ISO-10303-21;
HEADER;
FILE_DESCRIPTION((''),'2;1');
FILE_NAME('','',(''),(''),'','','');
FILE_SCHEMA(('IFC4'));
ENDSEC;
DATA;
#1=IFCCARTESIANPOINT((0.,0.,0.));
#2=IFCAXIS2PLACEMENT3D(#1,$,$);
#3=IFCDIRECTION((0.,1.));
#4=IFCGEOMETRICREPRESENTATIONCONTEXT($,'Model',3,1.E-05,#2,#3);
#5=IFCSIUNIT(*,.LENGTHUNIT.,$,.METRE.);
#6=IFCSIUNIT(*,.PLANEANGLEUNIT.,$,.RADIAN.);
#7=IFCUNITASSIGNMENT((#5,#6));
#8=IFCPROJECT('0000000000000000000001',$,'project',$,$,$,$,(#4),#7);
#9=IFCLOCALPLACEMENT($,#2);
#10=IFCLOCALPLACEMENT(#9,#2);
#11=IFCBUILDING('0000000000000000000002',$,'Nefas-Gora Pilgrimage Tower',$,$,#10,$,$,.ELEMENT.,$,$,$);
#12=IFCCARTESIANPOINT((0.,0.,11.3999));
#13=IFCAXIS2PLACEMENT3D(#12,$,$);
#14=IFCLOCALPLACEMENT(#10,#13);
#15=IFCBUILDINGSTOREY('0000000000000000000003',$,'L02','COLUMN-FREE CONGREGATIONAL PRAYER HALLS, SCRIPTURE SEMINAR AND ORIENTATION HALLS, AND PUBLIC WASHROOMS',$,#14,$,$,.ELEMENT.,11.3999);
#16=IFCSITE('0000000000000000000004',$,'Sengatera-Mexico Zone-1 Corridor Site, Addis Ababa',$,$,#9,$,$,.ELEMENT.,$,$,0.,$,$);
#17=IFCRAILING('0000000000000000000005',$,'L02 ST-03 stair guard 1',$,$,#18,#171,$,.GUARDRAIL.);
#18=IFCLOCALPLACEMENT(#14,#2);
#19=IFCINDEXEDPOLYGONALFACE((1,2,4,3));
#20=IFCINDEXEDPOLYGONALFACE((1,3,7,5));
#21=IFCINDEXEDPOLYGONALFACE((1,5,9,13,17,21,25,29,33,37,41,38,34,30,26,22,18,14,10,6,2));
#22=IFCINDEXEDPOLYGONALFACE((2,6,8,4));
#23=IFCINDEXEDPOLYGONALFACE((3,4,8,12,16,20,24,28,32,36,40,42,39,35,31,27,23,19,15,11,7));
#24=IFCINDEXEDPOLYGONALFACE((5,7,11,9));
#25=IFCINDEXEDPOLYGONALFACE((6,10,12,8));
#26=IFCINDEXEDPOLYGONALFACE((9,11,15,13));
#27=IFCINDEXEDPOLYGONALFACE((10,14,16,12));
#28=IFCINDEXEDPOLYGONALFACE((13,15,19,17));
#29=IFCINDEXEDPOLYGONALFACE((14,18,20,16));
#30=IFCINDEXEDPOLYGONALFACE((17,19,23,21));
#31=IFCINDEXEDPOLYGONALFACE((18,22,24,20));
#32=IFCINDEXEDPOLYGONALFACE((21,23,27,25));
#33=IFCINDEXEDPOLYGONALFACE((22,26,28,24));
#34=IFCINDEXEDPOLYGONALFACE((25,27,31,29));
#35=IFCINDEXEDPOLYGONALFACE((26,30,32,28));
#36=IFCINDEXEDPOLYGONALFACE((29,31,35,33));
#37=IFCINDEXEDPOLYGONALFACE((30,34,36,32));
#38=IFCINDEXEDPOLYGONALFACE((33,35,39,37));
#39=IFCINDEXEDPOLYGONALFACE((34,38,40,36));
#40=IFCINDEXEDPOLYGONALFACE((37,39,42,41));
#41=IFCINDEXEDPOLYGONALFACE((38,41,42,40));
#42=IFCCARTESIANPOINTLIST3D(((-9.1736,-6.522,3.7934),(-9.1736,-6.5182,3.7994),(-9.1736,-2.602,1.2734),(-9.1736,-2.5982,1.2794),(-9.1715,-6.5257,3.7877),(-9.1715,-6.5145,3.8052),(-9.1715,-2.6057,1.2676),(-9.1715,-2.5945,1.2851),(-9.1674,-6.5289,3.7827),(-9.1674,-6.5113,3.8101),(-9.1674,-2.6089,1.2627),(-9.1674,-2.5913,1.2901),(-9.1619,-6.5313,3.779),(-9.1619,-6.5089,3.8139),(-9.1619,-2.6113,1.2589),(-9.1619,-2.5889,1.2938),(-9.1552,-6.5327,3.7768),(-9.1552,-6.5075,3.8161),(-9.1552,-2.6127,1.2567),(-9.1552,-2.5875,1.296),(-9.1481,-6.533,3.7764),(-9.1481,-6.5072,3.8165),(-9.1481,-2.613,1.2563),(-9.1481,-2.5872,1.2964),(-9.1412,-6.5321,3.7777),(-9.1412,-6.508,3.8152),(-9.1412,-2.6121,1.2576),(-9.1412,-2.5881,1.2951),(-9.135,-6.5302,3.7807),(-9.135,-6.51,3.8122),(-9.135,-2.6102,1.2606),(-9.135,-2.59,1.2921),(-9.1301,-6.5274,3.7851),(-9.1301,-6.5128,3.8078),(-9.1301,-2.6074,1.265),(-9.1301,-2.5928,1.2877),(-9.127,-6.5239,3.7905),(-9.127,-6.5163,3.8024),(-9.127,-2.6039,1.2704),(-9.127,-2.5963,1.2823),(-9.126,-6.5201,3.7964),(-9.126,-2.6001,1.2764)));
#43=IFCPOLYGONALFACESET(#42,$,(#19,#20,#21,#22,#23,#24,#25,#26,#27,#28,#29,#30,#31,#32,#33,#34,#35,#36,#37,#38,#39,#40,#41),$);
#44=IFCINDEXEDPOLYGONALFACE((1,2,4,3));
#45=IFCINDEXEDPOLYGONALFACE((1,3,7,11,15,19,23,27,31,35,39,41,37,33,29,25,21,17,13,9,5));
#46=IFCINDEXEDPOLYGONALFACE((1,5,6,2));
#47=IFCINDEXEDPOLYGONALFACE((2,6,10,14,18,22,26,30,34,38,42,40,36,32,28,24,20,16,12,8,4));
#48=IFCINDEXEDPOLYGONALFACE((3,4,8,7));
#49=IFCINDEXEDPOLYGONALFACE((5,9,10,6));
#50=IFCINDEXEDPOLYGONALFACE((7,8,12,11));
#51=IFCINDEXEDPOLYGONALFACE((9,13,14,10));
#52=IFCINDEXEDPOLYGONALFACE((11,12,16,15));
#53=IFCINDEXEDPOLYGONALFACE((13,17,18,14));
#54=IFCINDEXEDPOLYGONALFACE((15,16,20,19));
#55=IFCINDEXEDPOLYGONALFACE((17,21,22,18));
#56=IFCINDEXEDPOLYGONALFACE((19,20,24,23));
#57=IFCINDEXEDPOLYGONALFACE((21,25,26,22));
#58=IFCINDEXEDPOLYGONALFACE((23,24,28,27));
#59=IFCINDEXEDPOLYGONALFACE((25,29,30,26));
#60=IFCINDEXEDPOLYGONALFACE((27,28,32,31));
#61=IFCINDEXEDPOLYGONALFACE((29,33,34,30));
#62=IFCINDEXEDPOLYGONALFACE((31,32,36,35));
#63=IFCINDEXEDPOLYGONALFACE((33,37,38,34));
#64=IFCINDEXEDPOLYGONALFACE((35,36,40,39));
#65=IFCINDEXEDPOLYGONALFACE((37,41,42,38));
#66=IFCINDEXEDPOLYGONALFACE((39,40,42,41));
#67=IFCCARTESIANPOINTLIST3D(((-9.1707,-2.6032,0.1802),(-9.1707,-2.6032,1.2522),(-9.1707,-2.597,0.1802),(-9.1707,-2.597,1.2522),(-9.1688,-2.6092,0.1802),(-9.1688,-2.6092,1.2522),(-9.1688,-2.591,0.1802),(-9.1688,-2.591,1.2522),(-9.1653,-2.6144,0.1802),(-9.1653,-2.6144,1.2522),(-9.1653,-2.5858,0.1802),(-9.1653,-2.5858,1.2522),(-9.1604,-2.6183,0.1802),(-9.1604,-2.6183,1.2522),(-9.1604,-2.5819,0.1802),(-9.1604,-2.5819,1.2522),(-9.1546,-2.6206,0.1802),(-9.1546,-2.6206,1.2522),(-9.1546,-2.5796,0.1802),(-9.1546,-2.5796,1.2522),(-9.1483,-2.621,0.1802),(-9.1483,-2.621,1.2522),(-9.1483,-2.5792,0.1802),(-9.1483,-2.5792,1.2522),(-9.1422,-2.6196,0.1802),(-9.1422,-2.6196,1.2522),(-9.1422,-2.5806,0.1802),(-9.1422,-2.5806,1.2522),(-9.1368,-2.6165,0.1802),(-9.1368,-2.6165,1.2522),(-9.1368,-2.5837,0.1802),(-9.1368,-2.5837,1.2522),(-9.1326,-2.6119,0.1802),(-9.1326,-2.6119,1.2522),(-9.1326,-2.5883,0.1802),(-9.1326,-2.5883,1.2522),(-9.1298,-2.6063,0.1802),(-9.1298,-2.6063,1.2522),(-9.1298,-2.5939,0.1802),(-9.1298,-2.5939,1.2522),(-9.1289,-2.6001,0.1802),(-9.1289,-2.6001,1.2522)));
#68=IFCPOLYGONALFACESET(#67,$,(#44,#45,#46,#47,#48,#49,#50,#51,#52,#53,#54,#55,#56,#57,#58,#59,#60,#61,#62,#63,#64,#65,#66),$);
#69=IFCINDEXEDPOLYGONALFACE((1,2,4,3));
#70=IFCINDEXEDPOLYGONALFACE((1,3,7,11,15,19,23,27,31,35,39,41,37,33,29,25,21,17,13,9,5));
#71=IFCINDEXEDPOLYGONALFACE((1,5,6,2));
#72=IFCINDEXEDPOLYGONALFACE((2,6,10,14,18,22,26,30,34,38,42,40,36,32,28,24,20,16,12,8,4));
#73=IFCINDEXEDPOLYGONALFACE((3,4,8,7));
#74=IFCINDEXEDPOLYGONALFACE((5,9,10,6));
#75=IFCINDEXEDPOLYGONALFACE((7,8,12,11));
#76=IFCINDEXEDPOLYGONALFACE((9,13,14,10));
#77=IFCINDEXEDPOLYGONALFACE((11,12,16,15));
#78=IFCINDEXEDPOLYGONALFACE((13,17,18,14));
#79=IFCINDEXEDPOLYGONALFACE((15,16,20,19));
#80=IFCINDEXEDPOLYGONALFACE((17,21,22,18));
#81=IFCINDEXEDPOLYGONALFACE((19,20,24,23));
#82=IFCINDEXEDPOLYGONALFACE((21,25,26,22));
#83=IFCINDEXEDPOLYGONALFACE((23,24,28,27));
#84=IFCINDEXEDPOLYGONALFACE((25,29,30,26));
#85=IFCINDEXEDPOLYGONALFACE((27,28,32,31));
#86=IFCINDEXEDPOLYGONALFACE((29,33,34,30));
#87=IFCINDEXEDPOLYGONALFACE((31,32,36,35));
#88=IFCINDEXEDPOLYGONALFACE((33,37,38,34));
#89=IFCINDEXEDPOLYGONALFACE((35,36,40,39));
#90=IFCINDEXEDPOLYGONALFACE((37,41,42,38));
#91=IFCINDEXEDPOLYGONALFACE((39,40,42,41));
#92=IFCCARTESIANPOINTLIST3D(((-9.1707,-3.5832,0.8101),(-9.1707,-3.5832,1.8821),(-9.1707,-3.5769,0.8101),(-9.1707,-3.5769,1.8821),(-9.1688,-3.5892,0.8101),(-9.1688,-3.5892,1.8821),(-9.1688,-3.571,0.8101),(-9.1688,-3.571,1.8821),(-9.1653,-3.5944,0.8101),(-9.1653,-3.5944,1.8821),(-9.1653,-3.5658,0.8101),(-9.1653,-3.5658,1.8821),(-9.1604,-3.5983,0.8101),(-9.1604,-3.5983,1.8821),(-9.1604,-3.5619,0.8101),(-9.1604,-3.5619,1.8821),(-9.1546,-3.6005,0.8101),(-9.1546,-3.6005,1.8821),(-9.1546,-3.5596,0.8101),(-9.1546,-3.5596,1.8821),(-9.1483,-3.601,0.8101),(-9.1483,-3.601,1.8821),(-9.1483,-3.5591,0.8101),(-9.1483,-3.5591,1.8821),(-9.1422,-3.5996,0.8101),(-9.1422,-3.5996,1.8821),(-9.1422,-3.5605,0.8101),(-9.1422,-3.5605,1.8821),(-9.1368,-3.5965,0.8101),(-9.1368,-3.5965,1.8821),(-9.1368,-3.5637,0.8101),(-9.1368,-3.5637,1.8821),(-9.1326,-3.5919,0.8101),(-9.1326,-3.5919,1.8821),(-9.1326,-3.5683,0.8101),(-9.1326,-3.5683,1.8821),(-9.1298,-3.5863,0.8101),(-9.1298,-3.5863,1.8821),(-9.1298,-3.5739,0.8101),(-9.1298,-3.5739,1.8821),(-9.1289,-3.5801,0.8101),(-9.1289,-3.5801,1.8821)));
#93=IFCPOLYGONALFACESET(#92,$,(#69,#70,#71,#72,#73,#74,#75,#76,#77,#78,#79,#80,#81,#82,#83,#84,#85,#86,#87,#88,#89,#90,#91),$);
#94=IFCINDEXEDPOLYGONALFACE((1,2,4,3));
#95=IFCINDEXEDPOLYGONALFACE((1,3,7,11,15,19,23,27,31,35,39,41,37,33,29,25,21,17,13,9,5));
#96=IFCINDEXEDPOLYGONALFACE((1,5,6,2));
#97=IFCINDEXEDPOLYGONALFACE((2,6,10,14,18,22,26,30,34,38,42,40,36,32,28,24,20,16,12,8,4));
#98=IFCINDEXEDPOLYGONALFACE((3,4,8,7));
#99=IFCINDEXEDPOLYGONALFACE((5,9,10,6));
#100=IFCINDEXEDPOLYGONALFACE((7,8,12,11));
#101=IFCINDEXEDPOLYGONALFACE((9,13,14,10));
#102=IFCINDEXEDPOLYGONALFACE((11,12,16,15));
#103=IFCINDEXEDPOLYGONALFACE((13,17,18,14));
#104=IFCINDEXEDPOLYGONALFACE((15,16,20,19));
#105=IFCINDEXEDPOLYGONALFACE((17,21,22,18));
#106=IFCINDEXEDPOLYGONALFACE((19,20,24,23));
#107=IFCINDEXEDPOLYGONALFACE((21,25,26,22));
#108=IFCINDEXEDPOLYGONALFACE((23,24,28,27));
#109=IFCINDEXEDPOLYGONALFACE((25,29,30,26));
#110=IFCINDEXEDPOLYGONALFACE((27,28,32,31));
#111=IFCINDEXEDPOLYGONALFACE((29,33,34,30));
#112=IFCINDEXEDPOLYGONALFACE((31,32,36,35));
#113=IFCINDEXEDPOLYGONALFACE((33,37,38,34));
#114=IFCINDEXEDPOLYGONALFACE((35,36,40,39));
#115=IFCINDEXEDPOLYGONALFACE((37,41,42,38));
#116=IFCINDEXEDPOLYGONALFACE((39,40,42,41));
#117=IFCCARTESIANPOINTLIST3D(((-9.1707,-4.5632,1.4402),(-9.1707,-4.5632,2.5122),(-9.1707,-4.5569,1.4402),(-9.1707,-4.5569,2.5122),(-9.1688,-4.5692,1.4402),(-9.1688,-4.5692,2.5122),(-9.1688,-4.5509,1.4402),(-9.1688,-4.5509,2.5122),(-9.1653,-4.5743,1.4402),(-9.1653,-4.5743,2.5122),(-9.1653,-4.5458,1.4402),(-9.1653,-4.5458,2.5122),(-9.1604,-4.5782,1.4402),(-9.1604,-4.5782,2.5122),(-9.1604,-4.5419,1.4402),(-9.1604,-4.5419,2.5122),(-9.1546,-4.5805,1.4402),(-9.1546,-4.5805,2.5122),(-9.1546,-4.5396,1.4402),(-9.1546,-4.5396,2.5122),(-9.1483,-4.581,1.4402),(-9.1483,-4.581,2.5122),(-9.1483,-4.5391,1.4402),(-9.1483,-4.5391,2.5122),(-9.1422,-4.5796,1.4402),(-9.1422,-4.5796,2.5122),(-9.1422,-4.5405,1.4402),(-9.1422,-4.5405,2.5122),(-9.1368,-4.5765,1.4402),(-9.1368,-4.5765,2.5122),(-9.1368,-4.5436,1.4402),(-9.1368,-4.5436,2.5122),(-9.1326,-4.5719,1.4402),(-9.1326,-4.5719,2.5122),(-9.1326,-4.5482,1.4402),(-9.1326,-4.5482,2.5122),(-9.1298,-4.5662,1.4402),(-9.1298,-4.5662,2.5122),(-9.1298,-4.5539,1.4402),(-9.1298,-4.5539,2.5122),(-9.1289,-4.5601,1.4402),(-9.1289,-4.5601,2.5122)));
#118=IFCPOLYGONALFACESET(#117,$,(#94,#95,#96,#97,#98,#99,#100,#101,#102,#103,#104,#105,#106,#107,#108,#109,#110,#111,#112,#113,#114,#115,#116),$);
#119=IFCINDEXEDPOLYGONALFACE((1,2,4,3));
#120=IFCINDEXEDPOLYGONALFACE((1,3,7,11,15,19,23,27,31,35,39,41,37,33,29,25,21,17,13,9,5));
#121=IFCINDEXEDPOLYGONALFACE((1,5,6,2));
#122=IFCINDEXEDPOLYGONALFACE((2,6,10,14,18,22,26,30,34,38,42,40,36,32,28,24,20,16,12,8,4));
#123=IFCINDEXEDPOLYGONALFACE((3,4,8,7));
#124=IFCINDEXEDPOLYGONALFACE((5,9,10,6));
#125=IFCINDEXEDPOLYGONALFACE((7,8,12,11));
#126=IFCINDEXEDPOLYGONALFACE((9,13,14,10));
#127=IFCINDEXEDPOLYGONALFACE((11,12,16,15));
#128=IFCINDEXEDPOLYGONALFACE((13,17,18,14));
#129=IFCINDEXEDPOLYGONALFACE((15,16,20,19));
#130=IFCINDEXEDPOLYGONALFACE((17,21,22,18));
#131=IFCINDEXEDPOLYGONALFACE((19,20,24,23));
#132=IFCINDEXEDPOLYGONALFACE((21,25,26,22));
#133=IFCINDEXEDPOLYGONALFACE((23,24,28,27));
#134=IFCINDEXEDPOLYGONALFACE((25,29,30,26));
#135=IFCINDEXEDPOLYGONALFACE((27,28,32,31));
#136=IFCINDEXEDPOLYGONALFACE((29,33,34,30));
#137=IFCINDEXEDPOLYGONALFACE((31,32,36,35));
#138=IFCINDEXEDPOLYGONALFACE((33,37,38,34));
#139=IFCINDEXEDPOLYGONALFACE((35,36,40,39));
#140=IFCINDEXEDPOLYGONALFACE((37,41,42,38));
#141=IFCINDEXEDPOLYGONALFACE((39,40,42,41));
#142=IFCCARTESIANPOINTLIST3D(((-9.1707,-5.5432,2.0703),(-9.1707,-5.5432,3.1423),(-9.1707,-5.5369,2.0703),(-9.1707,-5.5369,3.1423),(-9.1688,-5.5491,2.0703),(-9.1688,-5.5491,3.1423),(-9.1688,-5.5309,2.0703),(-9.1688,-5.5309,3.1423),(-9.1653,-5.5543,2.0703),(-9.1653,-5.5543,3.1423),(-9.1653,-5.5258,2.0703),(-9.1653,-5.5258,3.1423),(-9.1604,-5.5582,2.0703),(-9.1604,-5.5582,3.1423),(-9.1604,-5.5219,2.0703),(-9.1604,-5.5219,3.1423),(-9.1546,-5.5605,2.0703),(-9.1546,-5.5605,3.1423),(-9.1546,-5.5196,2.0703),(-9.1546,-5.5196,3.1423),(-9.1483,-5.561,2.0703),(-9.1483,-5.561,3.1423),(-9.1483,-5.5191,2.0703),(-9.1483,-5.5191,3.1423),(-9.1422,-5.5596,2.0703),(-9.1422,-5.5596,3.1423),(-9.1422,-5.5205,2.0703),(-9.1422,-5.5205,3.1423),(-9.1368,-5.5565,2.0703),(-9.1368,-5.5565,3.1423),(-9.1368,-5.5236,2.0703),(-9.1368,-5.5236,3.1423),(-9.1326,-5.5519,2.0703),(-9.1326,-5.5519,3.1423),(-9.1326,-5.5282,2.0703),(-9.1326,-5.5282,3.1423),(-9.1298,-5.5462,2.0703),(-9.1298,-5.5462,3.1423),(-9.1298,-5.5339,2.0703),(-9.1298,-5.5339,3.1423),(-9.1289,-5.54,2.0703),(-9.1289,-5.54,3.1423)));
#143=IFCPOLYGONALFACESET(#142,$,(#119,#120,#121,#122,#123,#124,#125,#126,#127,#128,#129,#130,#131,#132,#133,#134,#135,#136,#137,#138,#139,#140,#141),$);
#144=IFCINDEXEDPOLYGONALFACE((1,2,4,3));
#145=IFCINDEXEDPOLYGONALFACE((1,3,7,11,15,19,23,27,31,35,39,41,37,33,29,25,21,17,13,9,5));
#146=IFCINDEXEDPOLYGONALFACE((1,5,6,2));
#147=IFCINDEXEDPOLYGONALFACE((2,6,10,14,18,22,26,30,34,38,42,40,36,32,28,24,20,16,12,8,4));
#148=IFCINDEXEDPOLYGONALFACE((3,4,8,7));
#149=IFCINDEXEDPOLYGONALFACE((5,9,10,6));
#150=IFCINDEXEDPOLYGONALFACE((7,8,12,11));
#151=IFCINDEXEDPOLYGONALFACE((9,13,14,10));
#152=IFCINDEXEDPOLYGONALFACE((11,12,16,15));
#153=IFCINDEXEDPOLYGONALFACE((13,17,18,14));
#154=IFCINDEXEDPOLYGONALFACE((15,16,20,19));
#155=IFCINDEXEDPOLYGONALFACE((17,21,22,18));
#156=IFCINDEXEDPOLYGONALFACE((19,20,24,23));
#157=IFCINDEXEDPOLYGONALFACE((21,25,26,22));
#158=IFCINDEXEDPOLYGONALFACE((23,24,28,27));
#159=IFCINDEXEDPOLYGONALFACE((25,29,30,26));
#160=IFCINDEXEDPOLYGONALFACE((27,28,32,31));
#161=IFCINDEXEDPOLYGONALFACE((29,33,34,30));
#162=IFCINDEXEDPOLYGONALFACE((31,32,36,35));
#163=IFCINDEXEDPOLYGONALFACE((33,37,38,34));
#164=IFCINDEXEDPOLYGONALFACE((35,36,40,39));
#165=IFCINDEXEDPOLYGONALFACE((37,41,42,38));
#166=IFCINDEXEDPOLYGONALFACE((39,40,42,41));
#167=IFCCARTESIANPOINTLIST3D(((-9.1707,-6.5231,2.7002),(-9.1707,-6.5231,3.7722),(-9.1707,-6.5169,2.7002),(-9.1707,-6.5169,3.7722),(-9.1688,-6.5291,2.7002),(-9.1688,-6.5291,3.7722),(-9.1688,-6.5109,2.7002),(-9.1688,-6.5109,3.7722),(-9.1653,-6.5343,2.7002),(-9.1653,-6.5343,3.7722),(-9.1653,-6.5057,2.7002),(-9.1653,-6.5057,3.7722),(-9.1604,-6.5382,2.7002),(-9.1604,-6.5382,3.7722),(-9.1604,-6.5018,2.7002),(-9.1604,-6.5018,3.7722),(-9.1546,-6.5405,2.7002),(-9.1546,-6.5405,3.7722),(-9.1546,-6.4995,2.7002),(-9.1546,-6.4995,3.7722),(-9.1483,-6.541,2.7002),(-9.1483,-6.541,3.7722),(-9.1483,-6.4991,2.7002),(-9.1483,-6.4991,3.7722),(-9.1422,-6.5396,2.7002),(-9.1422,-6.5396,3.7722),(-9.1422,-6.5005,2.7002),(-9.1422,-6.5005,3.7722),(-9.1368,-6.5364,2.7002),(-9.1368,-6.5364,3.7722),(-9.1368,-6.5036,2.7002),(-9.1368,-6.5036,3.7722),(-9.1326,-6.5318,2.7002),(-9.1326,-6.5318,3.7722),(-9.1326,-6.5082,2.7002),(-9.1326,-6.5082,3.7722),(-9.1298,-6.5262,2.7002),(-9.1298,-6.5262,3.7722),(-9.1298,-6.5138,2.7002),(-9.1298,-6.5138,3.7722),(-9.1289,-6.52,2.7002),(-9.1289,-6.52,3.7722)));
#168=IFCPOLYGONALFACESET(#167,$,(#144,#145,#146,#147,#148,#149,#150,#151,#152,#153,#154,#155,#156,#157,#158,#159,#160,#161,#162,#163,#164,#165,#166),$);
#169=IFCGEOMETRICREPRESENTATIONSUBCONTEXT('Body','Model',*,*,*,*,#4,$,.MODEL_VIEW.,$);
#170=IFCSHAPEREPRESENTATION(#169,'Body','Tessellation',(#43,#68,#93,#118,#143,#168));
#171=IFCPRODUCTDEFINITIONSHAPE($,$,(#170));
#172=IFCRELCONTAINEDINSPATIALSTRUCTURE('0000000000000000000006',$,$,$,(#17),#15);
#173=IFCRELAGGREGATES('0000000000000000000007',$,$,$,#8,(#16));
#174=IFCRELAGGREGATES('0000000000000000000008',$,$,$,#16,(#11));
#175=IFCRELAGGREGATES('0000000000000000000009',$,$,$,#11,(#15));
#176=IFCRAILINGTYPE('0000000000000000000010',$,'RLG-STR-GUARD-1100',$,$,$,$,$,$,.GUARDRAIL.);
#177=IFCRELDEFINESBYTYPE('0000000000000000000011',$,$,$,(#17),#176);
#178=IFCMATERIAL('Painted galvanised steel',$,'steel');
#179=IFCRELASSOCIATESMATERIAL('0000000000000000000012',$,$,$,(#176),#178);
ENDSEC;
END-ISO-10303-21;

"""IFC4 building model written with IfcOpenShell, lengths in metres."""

from ifc_helpers import new_model, si_unit, direction, frame, origin, origin_2d, place, context, subcontext, project, spatial, circle, extrude, material, type_object, element, save


model = new_model("IFC4")

# Units and contexts
model_context = context("Model", 3, precision=1e-05, world=origin(), true_north=direction((0.0, 1.0)))
body_context = subcontext(model_context, "Body", "Model", "MODEL_VIEW")
ifc_project = project(units=[si_unit("LENGTHUNIT", "METRE"), si_unit("PLANEANGLEUNIT", "RADIAN")], contexts=[model_context])

# Site, building, storey
site_placement = place(None, origin())
site = spatial("IfcSite", under=ifc_project, at=site_placement, Name="Sengatera-Mexico Zone-1 Corridor Site, Addis Ababa", CompositionType="ELEMENT", RefElevation=0.0)
building_placement = place(site_placement, origin())
building = spatial("IfcBuilding", under=site, at=building_placement, Name="Nefas-Gora Pilgrimage Tower", CompositionType="ELEMENT")
storey_placement = place(building_placement, frame((0.0, 0.0, 11.3999)))
storey = spatial("IfcBuildingStorey", under=building, at=storey_placement, Name="L02", Description="COLUMN-FREE CONGREGATIONAL PRAYER HALLS, SCRIPTURE SEMINAR AND ORIENTATION HALLS, AND PUBLIC WASHROOMS", CompositionType="ELEMENT", Elevation=11.3999)

# Railing
ifc_material_1 = material(Name="Painted galvanised steel", Category="steel")
railing_type_1 = type_object("IfcRailingType", Name="RLG-STR-GUARD-1100", PredefinedType="GUARDRAIL", material=ifc_material_1)
railing_1_placement = place(storey_placement, frame((-9.1499, -2.6001, 0.1802)))
element("IfcRailing", 1, at=railing_1_placement, inside=storey, type_object=railing_type_1, Name="L02 ST-03 stair guard 1", PredefinedType="GUARDRAIL", context=body_context, shape_type="SweptSolid", body=[
    extrude(circle(Radius=0.0239, at=origin_2d()), frame((0.0, 0.0, 1.0962), z_axis=(0.0, -0.841172, 0.540768), x_axis=(1.0, 0.0, 0.0)), (0.0, 0.0, 1.0), 4.6602),
    extrude(circle(Radius=0.021, at=origin_2d()), origin(), (0.0, 0.0, 1.0), 1.072),
    extrude(circle(Radius=0.021, at=origin_2d()), frame((0.0, -0.98, 0.6299)), (0.0, 0.0, 1.0), 1.072),
    extrude(circle(Radius=0.021, at=origin_2d()), frame((0.0, -1.96, 1.26)), (0.0, 0.0, 1.0), 1.072),
    extrude(circle(Radius=0.021, at=origin_2d()), frame((0.0, -2.9399, 1.8901)), (0.0, 0.0, 1.0), 1.072),
    extrude(circle(Radius=0.021, at=origin_2d()), frame((0.0, -3.9199, 2.52)), (0.0, 0.0, 1.0), 1.072),
])

save(model, "model.ifc")
